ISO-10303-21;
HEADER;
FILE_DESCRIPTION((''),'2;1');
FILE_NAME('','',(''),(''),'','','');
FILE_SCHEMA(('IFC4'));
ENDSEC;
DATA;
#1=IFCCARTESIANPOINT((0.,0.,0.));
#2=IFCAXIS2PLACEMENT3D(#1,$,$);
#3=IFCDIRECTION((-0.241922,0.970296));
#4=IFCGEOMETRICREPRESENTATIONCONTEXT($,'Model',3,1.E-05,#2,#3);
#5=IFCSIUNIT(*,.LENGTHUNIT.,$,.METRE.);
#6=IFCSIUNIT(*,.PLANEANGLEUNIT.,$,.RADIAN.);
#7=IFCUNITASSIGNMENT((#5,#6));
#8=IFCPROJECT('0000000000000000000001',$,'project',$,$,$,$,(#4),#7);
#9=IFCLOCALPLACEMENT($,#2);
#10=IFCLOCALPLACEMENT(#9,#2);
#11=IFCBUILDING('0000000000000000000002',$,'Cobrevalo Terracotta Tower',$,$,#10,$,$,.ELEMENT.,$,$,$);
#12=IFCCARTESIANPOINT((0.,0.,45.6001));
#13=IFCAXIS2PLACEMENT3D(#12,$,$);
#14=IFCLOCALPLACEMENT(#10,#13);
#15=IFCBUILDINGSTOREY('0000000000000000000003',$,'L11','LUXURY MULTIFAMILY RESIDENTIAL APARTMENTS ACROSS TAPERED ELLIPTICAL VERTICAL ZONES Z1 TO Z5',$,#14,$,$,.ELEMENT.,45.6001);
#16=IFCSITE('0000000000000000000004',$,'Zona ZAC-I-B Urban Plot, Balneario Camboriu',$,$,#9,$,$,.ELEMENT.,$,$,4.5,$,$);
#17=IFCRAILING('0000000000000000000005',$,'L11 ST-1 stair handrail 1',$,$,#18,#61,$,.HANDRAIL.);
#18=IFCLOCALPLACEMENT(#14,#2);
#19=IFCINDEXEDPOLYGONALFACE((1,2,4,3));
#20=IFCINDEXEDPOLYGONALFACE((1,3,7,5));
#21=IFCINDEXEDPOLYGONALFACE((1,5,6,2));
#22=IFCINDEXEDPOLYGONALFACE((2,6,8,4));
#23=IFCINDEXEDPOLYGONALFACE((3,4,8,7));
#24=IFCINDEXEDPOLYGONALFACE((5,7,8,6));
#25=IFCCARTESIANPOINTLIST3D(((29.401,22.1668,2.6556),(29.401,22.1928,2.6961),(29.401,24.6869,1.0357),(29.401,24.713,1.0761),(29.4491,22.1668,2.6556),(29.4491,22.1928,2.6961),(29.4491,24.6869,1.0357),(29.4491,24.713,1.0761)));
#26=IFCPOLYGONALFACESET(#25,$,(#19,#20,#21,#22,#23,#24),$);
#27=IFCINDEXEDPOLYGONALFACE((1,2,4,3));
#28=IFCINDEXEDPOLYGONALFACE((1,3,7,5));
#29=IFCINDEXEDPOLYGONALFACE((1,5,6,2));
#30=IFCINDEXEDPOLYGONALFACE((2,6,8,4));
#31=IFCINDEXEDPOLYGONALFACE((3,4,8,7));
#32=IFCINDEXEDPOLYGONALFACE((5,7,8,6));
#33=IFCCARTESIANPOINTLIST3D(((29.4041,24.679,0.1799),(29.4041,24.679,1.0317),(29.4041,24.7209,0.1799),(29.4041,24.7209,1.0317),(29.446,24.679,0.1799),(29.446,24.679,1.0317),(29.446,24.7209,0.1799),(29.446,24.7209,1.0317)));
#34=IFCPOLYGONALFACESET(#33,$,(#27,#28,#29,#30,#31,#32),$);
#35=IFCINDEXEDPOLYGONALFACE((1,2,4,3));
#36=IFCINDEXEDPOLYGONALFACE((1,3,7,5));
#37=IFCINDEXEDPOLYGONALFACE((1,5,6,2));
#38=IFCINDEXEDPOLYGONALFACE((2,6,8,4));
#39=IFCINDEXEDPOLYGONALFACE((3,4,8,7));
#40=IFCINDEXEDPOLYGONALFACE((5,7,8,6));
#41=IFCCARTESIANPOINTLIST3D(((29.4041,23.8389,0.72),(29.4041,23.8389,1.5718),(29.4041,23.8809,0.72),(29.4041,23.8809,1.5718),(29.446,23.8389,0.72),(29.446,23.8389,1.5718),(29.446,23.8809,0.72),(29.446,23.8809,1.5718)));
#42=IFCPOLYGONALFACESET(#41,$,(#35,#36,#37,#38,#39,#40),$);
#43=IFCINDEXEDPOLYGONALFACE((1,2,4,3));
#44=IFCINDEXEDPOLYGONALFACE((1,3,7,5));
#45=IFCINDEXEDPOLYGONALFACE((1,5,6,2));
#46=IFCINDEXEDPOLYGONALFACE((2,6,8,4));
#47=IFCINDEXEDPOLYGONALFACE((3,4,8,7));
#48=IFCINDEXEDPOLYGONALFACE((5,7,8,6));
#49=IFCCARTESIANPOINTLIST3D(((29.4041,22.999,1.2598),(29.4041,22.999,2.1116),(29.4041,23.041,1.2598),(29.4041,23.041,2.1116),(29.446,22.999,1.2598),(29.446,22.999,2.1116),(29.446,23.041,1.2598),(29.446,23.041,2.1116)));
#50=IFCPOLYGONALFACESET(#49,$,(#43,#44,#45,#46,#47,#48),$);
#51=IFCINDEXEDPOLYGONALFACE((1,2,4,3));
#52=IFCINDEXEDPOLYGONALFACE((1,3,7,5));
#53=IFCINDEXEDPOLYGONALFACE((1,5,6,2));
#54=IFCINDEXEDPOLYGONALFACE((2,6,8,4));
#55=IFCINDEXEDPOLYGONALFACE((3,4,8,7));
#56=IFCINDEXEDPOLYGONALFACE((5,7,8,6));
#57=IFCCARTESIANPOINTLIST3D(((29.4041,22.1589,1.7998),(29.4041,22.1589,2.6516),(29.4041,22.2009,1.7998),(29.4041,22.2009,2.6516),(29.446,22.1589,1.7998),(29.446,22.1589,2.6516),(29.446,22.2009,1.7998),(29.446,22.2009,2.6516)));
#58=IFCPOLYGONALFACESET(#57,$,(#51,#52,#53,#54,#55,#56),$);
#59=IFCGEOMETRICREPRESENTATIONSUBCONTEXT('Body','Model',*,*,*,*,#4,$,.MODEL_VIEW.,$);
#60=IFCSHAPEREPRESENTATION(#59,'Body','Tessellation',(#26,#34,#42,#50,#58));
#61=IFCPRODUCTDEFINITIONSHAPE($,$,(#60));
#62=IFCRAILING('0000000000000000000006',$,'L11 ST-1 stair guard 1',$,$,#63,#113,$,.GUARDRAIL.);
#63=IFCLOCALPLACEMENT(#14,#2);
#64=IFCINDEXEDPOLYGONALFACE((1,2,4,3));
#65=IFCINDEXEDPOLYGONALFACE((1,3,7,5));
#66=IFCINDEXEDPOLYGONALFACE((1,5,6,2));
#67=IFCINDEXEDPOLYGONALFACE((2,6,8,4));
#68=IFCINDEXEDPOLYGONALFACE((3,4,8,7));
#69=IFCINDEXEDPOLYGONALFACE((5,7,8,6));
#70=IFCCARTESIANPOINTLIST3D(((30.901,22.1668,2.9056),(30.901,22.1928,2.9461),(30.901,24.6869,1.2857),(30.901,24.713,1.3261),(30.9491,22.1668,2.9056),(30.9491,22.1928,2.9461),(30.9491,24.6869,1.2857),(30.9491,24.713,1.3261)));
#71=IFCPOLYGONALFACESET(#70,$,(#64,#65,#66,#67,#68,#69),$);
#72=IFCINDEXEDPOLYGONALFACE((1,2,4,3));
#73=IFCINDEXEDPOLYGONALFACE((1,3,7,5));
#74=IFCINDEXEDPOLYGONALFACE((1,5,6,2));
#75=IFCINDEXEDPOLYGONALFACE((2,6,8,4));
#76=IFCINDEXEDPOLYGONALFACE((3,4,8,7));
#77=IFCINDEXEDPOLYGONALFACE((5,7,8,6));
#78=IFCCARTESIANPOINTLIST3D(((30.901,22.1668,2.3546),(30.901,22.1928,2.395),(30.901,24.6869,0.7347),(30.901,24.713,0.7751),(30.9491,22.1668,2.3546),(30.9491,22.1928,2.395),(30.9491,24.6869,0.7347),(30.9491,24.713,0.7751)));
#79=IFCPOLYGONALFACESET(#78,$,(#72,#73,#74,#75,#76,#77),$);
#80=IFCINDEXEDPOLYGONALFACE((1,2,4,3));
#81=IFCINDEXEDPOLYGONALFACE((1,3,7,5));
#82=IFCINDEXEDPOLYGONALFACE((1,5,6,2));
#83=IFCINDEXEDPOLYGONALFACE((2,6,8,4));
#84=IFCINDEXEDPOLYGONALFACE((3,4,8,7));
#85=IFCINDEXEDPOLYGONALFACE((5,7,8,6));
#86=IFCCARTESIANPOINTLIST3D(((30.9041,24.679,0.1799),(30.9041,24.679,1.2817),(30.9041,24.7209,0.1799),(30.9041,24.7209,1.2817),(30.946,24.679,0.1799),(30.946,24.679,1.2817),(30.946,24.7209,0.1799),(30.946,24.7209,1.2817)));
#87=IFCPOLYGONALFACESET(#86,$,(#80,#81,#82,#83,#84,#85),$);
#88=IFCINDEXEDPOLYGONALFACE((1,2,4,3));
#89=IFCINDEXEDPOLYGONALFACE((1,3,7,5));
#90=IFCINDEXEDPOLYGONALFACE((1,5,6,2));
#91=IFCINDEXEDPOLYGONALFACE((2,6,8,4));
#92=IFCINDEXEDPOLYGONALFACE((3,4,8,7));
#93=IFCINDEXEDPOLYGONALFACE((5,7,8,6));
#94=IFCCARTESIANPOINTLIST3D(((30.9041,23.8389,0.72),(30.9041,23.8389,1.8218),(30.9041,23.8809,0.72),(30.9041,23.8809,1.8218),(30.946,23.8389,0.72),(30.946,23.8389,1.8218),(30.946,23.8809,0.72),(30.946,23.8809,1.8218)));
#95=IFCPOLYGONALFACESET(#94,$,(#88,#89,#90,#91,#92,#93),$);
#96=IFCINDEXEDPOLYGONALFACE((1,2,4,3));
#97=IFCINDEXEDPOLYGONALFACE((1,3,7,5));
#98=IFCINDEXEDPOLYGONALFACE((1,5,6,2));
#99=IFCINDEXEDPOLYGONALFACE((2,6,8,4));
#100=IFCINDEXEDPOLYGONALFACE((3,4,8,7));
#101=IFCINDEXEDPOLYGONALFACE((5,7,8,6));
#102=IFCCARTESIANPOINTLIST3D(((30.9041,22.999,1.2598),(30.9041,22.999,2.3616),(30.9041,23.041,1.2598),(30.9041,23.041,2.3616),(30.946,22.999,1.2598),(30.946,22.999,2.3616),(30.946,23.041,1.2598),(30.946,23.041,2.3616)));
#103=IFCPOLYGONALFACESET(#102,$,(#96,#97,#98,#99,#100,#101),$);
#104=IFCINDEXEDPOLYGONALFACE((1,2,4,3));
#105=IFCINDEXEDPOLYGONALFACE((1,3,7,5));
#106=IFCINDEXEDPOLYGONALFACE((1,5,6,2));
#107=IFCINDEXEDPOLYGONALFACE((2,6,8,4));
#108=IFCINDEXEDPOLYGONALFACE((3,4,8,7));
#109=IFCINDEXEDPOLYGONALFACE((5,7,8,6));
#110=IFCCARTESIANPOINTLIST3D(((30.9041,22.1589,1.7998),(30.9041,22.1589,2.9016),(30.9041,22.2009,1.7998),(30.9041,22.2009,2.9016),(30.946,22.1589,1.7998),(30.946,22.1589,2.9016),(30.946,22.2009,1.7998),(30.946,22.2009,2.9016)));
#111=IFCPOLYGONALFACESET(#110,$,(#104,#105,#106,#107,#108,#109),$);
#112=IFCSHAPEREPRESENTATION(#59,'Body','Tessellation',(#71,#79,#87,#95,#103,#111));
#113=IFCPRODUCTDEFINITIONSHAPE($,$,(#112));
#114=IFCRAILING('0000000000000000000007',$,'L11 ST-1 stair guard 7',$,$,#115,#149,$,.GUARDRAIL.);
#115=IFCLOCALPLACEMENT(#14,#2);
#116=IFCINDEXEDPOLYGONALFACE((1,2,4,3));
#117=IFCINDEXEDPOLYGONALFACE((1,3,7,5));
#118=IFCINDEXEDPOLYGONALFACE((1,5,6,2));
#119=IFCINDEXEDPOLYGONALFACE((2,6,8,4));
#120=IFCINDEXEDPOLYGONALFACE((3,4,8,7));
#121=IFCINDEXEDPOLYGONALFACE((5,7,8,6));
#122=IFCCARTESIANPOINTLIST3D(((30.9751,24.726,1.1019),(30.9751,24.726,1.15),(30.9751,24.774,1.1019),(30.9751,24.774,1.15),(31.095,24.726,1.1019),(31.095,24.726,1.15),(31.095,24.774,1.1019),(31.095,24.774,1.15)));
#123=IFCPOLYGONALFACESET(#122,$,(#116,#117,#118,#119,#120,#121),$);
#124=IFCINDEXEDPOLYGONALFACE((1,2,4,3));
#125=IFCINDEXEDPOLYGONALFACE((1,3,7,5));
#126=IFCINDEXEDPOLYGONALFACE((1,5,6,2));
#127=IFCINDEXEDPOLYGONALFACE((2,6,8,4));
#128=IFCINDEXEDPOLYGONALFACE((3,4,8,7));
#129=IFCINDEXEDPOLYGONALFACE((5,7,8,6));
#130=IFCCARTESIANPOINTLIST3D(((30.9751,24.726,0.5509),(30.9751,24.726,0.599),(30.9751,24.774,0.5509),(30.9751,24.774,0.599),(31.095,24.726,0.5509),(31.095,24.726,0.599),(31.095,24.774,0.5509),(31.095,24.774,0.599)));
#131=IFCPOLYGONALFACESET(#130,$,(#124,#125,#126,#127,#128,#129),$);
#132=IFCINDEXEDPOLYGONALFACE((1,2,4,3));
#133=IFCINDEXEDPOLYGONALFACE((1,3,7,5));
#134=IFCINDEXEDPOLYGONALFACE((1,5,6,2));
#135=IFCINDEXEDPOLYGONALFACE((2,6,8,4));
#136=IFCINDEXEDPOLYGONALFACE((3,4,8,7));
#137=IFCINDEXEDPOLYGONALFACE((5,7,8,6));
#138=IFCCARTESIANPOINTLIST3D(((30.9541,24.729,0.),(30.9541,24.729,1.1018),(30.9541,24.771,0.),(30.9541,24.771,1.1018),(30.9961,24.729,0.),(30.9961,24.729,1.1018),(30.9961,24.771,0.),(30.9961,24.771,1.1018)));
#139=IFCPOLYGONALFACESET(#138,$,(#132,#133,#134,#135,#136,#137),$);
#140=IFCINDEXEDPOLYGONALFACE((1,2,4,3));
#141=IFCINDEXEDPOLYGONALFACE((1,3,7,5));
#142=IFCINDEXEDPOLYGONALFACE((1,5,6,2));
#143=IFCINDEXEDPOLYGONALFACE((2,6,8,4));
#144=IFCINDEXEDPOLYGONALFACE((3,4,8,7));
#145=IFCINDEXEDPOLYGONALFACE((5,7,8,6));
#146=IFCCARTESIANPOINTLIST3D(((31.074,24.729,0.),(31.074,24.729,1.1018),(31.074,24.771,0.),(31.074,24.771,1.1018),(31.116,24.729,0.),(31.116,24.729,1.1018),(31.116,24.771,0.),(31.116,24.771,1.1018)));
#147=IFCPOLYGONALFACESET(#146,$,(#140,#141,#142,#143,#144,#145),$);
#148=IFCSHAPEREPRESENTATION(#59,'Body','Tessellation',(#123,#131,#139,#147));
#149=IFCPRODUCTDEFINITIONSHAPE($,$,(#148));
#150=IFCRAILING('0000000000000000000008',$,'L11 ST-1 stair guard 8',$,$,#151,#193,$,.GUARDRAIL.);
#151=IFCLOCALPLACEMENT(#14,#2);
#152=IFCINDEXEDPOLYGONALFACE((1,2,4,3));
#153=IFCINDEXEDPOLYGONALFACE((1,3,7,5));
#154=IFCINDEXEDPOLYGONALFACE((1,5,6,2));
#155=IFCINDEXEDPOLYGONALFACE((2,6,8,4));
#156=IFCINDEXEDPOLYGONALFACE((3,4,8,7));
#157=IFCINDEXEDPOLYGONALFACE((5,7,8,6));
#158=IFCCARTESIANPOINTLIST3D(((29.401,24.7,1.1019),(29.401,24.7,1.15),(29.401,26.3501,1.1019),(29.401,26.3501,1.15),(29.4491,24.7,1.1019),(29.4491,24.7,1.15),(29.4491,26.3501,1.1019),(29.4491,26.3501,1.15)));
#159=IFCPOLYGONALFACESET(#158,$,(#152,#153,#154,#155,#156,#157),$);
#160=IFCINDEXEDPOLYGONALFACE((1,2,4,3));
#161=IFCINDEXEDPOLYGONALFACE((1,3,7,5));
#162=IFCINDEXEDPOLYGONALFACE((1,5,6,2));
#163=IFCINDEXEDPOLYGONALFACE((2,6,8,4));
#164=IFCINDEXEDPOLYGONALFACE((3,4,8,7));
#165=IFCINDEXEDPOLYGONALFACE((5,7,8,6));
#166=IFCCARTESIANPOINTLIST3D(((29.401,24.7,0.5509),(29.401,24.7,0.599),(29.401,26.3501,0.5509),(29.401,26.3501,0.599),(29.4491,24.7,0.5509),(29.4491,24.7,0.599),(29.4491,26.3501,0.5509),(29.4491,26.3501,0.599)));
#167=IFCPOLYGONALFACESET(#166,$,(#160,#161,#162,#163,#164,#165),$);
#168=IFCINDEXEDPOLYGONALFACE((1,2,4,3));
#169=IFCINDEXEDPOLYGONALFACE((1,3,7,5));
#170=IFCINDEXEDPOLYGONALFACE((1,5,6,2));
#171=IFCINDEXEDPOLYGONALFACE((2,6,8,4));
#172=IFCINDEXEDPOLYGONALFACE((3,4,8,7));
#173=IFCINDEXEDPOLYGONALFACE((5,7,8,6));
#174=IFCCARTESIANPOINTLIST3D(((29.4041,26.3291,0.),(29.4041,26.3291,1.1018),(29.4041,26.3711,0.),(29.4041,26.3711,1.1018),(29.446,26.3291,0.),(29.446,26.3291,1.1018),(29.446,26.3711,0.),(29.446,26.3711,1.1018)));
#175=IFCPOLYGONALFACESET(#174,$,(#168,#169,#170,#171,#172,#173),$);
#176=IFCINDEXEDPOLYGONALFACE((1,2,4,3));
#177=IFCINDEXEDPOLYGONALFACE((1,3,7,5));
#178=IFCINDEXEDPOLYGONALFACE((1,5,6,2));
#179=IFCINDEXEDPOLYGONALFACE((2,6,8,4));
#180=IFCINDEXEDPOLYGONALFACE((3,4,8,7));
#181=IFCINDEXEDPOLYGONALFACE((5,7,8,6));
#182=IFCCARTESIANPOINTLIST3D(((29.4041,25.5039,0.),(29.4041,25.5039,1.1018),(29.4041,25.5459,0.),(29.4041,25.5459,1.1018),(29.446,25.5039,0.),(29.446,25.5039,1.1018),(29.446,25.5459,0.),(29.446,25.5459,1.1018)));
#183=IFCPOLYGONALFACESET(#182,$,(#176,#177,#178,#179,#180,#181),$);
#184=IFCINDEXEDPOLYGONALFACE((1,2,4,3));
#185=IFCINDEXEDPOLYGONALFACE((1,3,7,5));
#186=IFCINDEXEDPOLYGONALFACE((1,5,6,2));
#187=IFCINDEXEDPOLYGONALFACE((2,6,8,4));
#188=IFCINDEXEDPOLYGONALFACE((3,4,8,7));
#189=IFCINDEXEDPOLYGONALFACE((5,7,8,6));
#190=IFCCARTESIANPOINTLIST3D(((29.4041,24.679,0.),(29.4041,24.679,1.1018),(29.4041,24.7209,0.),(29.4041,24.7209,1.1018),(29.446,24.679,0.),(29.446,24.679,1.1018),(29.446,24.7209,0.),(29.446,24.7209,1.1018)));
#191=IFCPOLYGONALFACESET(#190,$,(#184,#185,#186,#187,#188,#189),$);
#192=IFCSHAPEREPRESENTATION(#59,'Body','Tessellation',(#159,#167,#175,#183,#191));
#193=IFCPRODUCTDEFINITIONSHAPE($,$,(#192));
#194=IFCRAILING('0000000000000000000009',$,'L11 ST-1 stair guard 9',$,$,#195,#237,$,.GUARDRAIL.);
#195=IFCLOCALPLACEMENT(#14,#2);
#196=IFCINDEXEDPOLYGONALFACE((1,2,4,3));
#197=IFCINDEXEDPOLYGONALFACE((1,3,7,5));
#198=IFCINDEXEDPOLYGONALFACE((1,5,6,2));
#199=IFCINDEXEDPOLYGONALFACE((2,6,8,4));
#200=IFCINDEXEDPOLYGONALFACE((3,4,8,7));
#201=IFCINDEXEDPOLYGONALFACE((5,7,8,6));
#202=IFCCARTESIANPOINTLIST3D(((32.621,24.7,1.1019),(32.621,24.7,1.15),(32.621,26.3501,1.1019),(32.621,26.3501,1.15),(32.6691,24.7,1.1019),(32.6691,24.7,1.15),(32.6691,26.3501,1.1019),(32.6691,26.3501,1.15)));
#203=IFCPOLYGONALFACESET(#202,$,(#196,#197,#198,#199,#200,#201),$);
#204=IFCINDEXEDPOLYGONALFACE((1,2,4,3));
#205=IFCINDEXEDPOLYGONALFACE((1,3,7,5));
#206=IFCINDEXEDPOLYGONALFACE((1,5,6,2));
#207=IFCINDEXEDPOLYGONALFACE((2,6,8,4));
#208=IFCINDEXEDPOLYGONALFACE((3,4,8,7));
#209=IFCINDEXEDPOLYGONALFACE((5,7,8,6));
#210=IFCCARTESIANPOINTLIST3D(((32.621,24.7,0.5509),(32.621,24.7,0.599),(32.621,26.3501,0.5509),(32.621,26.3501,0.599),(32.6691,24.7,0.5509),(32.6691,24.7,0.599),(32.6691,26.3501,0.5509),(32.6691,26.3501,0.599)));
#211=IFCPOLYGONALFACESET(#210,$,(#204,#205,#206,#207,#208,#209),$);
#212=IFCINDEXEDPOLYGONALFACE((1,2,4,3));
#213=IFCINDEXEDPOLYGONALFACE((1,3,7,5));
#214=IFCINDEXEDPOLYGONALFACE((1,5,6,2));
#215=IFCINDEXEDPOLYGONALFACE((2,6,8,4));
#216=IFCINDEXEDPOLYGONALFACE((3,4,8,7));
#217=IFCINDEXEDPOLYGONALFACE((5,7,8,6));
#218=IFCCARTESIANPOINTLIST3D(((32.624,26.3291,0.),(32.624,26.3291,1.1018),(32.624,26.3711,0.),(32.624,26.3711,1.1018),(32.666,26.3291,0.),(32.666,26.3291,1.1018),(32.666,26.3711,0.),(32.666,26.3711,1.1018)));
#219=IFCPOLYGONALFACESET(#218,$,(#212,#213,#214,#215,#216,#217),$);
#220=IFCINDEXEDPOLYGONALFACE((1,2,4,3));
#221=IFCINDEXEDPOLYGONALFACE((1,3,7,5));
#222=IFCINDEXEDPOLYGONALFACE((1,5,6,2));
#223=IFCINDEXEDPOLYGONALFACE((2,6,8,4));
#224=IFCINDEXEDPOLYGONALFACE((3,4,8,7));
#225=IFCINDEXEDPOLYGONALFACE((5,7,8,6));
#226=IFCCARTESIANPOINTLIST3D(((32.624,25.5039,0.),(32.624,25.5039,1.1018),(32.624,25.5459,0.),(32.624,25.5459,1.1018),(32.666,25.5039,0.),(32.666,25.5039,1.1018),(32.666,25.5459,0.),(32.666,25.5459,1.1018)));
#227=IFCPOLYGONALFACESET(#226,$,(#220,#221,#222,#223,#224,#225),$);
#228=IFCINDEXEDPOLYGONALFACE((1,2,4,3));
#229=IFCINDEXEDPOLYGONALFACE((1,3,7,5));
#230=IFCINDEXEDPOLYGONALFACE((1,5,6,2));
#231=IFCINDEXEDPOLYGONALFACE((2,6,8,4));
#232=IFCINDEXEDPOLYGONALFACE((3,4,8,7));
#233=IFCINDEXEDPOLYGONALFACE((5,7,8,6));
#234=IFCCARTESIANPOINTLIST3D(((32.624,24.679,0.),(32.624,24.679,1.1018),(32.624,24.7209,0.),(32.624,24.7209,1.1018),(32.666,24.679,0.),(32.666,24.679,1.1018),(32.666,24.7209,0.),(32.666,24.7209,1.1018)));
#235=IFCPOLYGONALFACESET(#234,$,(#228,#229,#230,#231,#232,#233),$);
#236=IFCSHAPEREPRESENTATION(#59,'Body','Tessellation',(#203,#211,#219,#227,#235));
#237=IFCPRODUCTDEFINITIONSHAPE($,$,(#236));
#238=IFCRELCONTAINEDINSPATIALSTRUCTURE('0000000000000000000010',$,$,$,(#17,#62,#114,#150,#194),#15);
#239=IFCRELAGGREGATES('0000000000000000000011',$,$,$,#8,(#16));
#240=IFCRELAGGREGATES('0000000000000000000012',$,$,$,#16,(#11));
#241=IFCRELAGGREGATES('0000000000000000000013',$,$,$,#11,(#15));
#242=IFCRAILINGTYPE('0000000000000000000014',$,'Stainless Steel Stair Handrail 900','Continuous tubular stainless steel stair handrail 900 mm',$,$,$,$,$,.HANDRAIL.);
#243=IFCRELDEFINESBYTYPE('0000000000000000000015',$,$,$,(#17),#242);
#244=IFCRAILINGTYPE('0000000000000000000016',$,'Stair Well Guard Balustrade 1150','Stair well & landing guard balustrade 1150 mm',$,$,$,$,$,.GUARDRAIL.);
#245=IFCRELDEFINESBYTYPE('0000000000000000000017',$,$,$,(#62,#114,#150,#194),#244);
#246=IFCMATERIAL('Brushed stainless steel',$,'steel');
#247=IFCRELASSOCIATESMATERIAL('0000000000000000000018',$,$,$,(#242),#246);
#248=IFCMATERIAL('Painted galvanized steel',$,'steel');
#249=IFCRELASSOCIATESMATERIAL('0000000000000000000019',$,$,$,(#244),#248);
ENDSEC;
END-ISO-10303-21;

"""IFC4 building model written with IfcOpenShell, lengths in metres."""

from ifc_helpers import new_model, si_unit, direction, frame, origin, origin_2d, place, context, subcontext, project, spatial, rectangle, extrude, material, type_object, element, save


model = new_model("IFC4")

# Units and contexts
model_context = context("Model", 3, precision=1e-05, world=origin(), true_north=direction((-0.241922, 0.970296)))
body_context = subcontext(model_context, "Body", "Model", "MODEL_VIEW")
ifc_project = project(units=[si_unit("LENGTHUNIT", "METRE"), si_unit("PLANEANGLEUNIT", "RADIAN")], contexts=[model_context])

# Site, building, storey
site_placement = place(None, origin())
site = spatial("IfcSite", under=ifc_project, at=site_placement, Name="Zona ZAC-I-B Urban Plot, Balneario Camboriu", CompositionType="ELEMENT", RefElevation=4.5)
building_placement = place(site_placement, origin())
building = spatial("IfcBuilding", under=site, at=building_placement, Name="Cobrevalo Terracotta Tower", CompositionType="ELEMENT")
storey_placement = place(building_placement, frame((0.0, 0.0, 45.6001)))
storey = spatial("IfcBuildingStorey", under=building, at=storey_placement, Name="L11", Description="LUXURY MULTIFAMILY RESIDENTIAL APARTMENTS ACROSS TAPERED ELLIPTICAL VERTICAL ZONES Z1 TO Z5", CompositionType="ELEMENT", Elevation=45.6001)

# Shared definitions
ifc_material_1 = material(Name="Brushed stainless steel", Category="steel")

# Railings
railing_type_1 = type_object("IfcRailingType", Name="Stainless Steel Stair Handrail 900", Description="Continuous tubular stainless steel stair handrail 900 mm", PredefinedType="HANDRAIL", material=ifc_material_1)
railing_1_placement = place(storey_placement, frame((29.425, 24.7, 0.1799)))
element("IfcRailing", 1, at=railing_1_placement, inside=storey, type_object=railing_type_1, Name="L11 ST-1 stair handrail 1", PredefinedType="HANDRAIL", context=body_context, shape_type="SweptSolid", body=[
    extrude(rectangle(XDim=0.0481, YDim=0.0481, at=origin_2d()), frame((0.0, 0.0, 0.876), z_axis=(0.0, -0.8412, 0.540725), x_axis=(1.0, 0.0, 0.0)), (0.0, 0.0, 1.0), 2.9958),
    extrude(rectangle(XDim=0.042, YDim=0.042, at=origin_2d()), origin(), (0.0, 0.0, 1.0), 0.8518),
    extrude(rectangle(XDim=0.042, YDim=0.042, at=origin_2d()), frame((0.0, -0.8401, 0.54)), (0.0, 0.0, 1.0), 0.8518),
    extrude(rectangle(XDim=0.042, YDim=0.042, at=origin_2d()), frame((0.0, -1.6799, 1.0798)), (0.0, 0.0, 1.0), 0.8518),
    extrude(rectangle(XDim=0.042, YDim=0.042, at=origin_2d()), frame((0.0, -2.52, 1.6199)), (0.0, 0.0, 1.0), 0.8518),
])
ifc_material_2 = material(Name="Painted galvanized steel", Category="steel")
railing_type_2 = type_object("IfcRailingType", Name="Stair Well Guard Balustrade 1150", Description="Stair well & landing guard balustrade 1150 mm", PredefinedType="GUARDRAIL", material=ifc_material_2)
railing_2_placement = place(storey_placement, frame((30.925, 24.7, 0.1799)))
element("IfcRailing", 2, at=railing_2_placement, inside=storey, type_object=railing_type_2, Name="L11 ST-1 stair guard 1", PredefinedType="GUARDRAIL", context=body_context, shape_type="SweptSolid", body=[
    extrude(rectangle(XDim=0.0481, YDim=0.0481, at=origin_2d()), frame((0.0, 0.0, 1.126), z_axis=(0.0, -0.8412, 0.540725), x_axis=(1.0, 0.0, 0.0)), (0.0, 0.0, 1.0), 2.9958),
    extrude(rectangle(XDim=0.0481, YDim=0.0481, at=origin_2d()), frame((0.0, 0.0, 0.575), z_axis=(0.0, -0.8412, 0.540725), x_axis=(1.0, 0.0, 0.0)), (0.0, 0.0, 1.0), 2.9958),
    extrude(rectangle(XDim=0.042, YDim=0.042, at=origin_2d()), origin(), (0.0, 0.0, 1.0), 1.1018),
    extrude(rectangle(XDim=0.042, YDim=0.042, at=origin_2d()), frame((0.0, -0.8401, 0.54)), (0.0, 0.0, 1.0), 1.1018),
    extrude(rectangle(XDim=0.042, YDim=0.042, at=origin_2d()), frame((0.0, -1.6799, 1.0798)), (0.0, 0.0, 1.0), 1.1018),
    extrude(rectangle(XDim=0.042, YDim=0.042, at=origin_2d()), frame((0.0, -2.52, 1.6199)), (0.0, 0.0, 1.0), 1.1018),
])
railing_3_placement = place(storey_placement, frame((30.9751, 24.75, 0.0)))
element("IfcRailing", 3, at=railing_3_placement, inside=storey, type_object=railing_type_2, Name="L11 ST-1 stair guard 7", PredefinedType="GUARDRAIL", context=body_context, shape_type="SweptSolid", body=[
    extrude(rectangle(XDim=0.0481, YDim=0.0481, at=origin_2d()), frame((0.0, 0.0, 1.126), z_axis=(1.0, 0.0, 0.0), x_axis=(0.0, 1.0, 0.0)), (0.0, 0.0, 1.0), 0.1199),
    extrude(rectangle(XDim=0.0481, YDim=0.0481, at=origin_2d()), frame((0.0, 0.0, 0.575), z_axis=(1.0, 0.0, 0.0), x_axis=(0.0, 1.0, 0.0)), (0.0, 0.0, 1.0), 0.1199),
    extrude(rectangle(XDim=0.042, YDim=0.042, at=origin_2d()), origin(), (0.0, 0.0, 1.0), 1.1018),
    extrude(rectangle(XDim=0.042, YDim=0.042, at=origin_2d()), frame((0.1199, 0.0, 0.0)), (0.0, 0.0, 1.0), 1.1018),
])
for number, where, name in (
    (4, (29.425, 26.3501, 0.0), "L11 ST-1 stair guard 8"),
    (5, (32.645, 26.3501, 0.0), "L11 ST-1 stair guard 9"),
):
    element("IfcRailing", number, at=place(storey_placement, frame(where)), inside=storey, type_object=railing_type_2, Name=name, PredefinedType="GUARDRAIL", context=body_context, shape_type="SweptSolid", body=[
        extrude(rectangle(XDim=0.0481, YDim=0.0481, at=origin_2d()), frame((0.0, 0.0, 1.126), z_axis=(0.0, -1.0, 0.0), x_axis=(1.0, 0.0, 0.0)), (0.0, 0.0, 1.0), 1.6501),
        extrude(rectangle(XDim=0.0481, YDim=0.0481, at=origin_2d()), frame((0.0, 0.0, 0.575), z_axis=(0.0, -1.0, 0.0), x_axis=(1.0, 0.0, 0.0)), (0.0, 0.0, 1.0), 1.6501),
        extrude(rectangle(XDim=0.042, YDim=0.042, at=origin_2d()), origin(), (0.0, 0.0, 1.0), 1.1018),
        extrude(rectangle(XDim=0.042, YDim=0.042, at=origin_2d()), frame((0.0, -0.8252, 0.0)), (0.0, 0.0, 1.0), 1.1018),
        extrude(rectangle(XDim=0.042, YDim=0.042, at=origin_2d()), frame((0.0, -1.6501, 0.0)), (0.0, 0.0, 1.0), 1.1018),
    ])

save(model, "model.ifc")
